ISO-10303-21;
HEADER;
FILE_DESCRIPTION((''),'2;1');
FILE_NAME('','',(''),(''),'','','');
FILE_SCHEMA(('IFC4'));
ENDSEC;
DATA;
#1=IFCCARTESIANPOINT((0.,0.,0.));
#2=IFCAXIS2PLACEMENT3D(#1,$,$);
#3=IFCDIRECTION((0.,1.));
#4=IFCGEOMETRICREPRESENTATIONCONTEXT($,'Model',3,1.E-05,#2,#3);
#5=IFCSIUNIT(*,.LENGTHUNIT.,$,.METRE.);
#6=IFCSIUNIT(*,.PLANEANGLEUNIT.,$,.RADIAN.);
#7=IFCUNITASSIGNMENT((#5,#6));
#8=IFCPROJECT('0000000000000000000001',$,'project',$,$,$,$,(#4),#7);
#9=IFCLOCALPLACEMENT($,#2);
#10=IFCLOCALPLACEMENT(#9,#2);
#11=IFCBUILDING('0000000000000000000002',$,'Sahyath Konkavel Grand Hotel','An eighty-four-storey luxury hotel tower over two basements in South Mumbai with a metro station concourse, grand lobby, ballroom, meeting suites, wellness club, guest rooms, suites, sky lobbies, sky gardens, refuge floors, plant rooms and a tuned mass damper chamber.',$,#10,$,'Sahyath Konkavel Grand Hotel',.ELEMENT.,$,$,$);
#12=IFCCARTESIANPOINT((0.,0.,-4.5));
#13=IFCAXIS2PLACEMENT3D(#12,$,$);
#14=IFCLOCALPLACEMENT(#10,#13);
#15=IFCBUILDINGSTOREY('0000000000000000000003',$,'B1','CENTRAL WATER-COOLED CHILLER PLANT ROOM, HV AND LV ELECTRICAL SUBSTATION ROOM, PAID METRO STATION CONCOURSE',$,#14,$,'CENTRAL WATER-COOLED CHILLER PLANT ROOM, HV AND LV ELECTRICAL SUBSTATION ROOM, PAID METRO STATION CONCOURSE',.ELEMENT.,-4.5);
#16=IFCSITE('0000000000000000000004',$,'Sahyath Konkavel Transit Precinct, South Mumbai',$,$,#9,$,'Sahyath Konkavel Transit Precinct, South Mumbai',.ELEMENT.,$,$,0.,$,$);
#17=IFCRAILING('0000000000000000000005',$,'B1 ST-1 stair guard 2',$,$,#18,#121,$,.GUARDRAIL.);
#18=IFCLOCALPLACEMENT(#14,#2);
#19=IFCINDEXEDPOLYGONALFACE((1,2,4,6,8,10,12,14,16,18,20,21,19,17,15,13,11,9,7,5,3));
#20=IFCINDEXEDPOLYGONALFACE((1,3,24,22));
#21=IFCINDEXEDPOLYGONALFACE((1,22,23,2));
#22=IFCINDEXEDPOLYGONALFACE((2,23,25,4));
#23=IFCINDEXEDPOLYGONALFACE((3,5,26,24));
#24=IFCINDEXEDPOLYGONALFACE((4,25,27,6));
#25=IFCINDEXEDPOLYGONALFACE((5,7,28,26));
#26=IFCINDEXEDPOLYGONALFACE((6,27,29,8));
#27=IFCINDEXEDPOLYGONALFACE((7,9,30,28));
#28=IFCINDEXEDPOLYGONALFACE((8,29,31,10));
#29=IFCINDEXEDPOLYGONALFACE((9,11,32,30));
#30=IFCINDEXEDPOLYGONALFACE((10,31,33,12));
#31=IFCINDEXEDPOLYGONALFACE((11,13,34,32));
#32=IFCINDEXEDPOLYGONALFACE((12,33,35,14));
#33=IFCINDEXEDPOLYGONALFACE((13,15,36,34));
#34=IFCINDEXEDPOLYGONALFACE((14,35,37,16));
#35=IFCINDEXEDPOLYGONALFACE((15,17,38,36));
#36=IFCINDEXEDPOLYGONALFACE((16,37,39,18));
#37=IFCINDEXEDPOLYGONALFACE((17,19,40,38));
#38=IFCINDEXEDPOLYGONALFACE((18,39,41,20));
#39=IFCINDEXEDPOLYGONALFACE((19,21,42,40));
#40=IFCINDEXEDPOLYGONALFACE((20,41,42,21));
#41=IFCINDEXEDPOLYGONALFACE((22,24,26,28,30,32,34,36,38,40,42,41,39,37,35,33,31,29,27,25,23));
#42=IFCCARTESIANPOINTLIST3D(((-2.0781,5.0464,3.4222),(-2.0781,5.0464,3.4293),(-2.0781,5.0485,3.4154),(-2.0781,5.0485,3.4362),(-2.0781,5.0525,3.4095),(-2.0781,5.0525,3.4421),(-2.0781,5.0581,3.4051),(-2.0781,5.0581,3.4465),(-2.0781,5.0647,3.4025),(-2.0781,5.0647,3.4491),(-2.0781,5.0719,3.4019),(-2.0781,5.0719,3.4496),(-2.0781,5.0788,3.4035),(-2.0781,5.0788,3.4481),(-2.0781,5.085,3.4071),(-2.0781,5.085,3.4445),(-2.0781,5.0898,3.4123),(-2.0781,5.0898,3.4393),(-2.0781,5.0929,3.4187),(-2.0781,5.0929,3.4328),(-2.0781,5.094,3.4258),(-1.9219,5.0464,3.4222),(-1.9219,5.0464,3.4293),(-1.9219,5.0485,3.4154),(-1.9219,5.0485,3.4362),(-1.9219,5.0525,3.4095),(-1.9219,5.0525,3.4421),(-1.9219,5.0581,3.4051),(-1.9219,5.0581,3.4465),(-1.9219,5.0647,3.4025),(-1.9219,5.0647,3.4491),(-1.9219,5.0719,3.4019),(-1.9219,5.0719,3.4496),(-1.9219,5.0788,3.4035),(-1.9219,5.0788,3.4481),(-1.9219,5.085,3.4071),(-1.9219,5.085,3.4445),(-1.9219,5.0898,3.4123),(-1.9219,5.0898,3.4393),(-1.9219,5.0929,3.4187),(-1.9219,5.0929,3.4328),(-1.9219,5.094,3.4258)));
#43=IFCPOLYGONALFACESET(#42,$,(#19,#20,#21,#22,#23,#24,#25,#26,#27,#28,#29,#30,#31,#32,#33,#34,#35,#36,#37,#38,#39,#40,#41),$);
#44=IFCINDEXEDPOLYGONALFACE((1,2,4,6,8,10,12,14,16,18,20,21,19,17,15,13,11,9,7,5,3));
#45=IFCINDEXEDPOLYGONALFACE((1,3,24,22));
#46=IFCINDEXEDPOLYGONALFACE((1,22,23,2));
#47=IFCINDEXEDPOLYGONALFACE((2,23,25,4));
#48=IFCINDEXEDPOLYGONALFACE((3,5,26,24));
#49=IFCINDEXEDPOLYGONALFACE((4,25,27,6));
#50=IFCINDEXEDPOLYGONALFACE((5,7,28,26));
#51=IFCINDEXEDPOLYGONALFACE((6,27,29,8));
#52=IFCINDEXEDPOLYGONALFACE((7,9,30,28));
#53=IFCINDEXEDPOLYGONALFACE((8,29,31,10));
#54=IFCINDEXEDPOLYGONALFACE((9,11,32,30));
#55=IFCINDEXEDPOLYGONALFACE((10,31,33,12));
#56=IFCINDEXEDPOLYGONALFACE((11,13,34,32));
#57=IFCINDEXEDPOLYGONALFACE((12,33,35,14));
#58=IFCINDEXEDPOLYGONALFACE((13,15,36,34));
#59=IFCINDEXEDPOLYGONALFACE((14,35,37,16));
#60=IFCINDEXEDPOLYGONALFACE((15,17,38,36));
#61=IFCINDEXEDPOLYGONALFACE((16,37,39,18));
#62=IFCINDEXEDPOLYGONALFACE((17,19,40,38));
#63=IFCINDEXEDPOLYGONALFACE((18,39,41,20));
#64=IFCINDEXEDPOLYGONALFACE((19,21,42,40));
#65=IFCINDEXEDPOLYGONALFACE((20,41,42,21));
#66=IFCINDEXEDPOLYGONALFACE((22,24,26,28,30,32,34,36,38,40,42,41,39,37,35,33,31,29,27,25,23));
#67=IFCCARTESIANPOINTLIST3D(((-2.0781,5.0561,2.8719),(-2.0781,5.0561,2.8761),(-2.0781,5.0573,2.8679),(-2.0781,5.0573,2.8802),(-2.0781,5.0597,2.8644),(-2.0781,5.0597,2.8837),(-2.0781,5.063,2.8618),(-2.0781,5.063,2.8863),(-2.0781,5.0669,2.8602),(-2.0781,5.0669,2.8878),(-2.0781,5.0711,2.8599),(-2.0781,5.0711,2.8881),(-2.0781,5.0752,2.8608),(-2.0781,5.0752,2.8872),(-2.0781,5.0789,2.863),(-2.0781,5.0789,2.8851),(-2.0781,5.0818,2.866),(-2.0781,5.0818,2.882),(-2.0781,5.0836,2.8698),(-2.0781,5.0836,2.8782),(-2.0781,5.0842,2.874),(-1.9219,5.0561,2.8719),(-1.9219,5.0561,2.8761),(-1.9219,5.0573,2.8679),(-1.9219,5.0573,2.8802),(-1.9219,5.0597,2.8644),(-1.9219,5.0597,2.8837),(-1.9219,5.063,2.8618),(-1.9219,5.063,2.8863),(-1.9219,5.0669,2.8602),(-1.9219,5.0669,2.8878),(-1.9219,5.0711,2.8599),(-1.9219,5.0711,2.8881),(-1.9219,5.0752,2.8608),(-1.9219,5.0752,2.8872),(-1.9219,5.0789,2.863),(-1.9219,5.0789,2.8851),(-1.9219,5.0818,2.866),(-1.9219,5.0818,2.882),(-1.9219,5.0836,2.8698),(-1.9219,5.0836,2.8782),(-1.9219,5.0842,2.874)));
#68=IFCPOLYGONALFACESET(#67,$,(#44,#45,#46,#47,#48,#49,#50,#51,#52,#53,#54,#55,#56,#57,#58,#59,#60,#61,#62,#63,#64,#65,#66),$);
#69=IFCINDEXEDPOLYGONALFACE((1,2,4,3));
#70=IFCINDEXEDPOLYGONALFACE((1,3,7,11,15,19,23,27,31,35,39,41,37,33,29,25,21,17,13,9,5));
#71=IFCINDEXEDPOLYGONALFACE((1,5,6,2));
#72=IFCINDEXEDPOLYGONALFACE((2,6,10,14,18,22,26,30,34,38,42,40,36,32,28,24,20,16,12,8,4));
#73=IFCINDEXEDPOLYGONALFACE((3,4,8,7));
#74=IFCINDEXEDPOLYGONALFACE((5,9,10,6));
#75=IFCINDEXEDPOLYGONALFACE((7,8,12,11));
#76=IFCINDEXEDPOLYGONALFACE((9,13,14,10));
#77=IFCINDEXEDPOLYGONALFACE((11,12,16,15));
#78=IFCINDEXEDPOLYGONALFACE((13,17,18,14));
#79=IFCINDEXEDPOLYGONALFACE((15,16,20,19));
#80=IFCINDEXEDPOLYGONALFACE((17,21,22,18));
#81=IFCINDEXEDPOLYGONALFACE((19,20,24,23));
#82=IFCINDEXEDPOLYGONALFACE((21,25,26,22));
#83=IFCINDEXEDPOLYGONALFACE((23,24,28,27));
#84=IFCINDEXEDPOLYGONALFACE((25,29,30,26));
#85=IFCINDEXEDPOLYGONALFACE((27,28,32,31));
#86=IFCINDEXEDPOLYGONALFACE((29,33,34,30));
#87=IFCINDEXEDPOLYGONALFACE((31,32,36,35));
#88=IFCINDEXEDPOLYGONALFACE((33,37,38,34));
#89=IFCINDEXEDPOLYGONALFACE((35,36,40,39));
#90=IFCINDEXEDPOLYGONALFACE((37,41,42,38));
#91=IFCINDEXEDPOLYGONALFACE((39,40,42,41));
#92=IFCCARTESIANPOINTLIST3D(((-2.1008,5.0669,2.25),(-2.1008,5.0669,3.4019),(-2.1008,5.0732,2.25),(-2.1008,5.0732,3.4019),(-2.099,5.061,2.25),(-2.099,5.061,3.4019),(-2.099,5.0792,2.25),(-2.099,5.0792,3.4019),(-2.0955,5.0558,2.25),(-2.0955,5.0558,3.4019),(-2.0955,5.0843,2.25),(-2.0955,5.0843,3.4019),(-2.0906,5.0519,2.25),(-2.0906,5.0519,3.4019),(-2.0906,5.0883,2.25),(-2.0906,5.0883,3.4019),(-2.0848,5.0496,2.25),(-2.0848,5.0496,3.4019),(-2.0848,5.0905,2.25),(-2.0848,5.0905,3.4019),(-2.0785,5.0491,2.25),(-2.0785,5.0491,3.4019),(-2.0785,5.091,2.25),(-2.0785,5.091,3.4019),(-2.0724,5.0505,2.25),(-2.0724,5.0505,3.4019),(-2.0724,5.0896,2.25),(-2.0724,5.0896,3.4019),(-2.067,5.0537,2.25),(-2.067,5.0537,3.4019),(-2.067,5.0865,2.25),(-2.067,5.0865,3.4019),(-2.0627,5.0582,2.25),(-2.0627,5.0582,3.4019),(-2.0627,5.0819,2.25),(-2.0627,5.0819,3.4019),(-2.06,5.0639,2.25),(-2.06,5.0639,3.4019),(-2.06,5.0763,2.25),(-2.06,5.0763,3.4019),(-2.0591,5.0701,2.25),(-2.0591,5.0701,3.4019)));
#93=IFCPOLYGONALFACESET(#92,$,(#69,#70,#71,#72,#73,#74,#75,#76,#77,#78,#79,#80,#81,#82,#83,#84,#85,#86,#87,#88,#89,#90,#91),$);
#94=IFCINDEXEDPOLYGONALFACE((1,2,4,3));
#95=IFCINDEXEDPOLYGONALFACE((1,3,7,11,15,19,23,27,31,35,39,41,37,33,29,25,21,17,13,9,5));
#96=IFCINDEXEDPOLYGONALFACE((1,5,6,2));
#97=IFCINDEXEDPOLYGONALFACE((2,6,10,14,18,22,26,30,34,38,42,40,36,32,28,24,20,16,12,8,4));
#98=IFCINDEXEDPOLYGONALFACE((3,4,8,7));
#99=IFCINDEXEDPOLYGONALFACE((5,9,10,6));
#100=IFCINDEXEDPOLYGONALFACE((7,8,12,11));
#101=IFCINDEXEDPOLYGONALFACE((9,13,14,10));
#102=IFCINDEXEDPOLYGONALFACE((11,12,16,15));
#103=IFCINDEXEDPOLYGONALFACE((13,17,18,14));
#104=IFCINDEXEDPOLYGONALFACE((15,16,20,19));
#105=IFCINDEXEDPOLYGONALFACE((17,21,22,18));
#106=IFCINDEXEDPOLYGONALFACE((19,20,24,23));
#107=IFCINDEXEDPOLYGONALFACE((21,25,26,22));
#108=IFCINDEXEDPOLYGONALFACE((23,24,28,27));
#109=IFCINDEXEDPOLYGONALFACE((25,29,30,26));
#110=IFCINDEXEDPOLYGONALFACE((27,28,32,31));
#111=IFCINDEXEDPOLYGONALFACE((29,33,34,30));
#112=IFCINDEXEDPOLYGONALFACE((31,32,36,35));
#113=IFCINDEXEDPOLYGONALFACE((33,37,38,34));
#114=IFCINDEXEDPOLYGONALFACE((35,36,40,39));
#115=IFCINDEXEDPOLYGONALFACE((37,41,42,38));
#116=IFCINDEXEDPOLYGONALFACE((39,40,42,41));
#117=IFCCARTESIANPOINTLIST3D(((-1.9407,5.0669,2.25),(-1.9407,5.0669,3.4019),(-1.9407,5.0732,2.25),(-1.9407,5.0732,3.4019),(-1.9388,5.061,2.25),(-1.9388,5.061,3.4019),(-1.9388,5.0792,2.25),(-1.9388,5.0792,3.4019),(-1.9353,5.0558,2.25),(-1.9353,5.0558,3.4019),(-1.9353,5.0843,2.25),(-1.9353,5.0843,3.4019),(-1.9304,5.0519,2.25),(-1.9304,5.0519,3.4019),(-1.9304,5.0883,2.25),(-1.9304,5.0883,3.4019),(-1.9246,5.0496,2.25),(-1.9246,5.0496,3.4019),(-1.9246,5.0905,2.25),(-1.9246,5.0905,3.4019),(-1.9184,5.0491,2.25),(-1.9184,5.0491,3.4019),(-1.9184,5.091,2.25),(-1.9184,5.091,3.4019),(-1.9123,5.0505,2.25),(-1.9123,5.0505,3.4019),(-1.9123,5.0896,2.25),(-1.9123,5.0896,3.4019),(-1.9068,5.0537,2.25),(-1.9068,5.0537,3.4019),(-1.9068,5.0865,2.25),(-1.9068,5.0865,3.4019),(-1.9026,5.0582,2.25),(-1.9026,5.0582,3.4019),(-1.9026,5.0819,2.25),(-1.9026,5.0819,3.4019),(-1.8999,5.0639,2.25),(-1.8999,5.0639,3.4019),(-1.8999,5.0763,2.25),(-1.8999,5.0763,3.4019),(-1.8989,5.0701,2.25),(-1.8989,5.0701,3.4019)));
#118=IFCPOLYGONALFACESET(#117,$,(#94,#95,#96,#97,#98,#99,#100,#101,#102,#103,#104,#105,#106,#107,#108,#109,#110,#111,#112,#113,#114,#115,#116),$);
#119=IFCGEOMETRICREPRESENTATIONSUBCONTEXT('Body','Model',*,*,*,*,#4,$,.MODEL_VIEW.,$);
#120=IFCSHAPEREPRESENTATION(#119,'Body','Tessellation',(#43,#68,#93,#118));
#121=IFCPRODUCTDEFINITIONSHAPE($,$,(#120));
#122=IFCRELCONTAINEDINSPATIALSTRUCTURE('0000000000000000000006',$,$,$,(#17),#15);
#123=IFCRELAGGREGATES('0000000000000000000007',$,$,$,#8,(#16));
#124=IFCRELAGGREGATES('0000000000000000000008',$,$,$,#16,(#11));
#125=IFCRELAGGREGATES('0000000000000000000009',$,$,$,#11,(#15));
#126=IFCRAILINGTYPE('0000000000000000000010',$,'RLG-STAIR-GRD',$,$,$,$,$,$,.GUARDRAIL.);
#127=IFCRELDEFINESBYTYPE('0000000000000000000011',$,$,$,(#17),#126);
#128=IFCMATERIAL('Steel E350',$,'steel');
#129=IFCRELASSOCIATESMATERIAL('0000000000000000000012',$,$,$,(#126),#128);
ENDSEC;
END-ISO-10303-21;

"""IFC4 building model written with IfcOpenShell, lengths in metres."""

from ifc_helpers import new_model, si_unit, direction, frame, origin, origin_2d, place, context, subcontext, project, spatial, circle, extrude, material, type_object, element, save


model = new_model("IFC4")

# Units and contexts
model_context = context("Model", 3, precision=1e-05, world=origin(), true_north=direction((0.0, 1.0)))
body_context = subcontext(model_context, "Body", "Model", "MODEL_VIEW")
ifc_project = project(units=[si_unit("LENGTHUNIT", "METRE"), si_unit("PLANEANGLEUNIT", "RADIAN")], contexts=[model_context])

# Site, building, storey
site_placement = place(None, origin())
site = spatial("IfcSite", under=ifc_project, at=site_placement, Name="Sahyath Konkavel Transit Precinct, South Mumbai", LongName="Sahyath Konkavel Transit Precinct, South Mumbai", CompositionType="ELEMENT", RefElevation=0.0)
building_placement = place(site_placement, origin())
building = spatial("IfcBuilding", under=site, at=building_placement, Name="Sahyath Konkavel Grand Hotel", Description="An eighty-four-storey luxury hotel tower over two basements in South Mumbai with a metro station concourse, grand lobby, ballroom, meeting suites, wellness club, guest rooms, suites, sky lobbies, sky gardens, refuge floors, plant rooms and a tuned mass damper chamber.", LongName="Sahyath Konkavel Grand Hotel", CompositionType="ELEMENT")
storey_placement = place(building_placement, frame((0.0, 0.0, -4.5)))
storey = spatial("IfcBuildingStorey", under=building, at=storey_placement, Name="B1", Description="CENTRAL WATER-COOLED CHILLER PLANT ROOM, HV AND LV ELECTRICAL SUBSTATION ROOM, PAID METRO STATION CONCOURSE", LongName="CENTRAL WATER-COOLED CHILLER PLANT ROOM, HV AND LV ELECTRICAL SUBSTATION ROOM, PAID METRO STATION CONCOURSE", CompositionType="ELEMENT", Elevation=-4.5)

# Shared definitions
ifc_material_1 = material(Name="Steel E350", Category="steel")

# Railing
railing_type_1 = type_object("IfcRailingType", Name="RLG-STAIR-GRD", PredefinedType="GUARDRAIL", material=ifc_material_1)
railing_1_placement = place(storey_placement, frame((-2.0801, 5.0701, 2.25)))
element("IfcRailing", 1, at=railing_1_placement, inside=storey, type_object=railing_type_1, Name="B1 ST-1 stair guard 2", PredefinedType="GUARDRAIL", context=body_context, shape_type="SweptSolid", body=[
    extrude(circle(Radius=0.0239, at=origin_2d()), frame((0.002, 0.0, 1.1758), z_axis=(1.0, 0.0, 0.0), x_axis=(0.0, 1.0, 0.0)), (0.0, 0.0, 1.0), 0.1562),
    extrude(circle(Radius=0.0142, at=origin_2d()), frame((0.002, 0.0, 0.624), z_axis=(1.0, 0.0, 0.0), x_axis=(0.0, 1.0, 0.0)), (0.0, 0.0, 1.0), 0.1562),
    extrude(circle(Radius=0.021, at=origin_2d()), origin(), (0.0, 0.0, 1.0), 1.1519),
    extrude(circle(Radius=0.021, at=origin_2d()), frame((0.1602, 0.0, 0.0)), (0.0, 0.0, 1.0), 1.1519),
])

save(model, "model.ifc")
